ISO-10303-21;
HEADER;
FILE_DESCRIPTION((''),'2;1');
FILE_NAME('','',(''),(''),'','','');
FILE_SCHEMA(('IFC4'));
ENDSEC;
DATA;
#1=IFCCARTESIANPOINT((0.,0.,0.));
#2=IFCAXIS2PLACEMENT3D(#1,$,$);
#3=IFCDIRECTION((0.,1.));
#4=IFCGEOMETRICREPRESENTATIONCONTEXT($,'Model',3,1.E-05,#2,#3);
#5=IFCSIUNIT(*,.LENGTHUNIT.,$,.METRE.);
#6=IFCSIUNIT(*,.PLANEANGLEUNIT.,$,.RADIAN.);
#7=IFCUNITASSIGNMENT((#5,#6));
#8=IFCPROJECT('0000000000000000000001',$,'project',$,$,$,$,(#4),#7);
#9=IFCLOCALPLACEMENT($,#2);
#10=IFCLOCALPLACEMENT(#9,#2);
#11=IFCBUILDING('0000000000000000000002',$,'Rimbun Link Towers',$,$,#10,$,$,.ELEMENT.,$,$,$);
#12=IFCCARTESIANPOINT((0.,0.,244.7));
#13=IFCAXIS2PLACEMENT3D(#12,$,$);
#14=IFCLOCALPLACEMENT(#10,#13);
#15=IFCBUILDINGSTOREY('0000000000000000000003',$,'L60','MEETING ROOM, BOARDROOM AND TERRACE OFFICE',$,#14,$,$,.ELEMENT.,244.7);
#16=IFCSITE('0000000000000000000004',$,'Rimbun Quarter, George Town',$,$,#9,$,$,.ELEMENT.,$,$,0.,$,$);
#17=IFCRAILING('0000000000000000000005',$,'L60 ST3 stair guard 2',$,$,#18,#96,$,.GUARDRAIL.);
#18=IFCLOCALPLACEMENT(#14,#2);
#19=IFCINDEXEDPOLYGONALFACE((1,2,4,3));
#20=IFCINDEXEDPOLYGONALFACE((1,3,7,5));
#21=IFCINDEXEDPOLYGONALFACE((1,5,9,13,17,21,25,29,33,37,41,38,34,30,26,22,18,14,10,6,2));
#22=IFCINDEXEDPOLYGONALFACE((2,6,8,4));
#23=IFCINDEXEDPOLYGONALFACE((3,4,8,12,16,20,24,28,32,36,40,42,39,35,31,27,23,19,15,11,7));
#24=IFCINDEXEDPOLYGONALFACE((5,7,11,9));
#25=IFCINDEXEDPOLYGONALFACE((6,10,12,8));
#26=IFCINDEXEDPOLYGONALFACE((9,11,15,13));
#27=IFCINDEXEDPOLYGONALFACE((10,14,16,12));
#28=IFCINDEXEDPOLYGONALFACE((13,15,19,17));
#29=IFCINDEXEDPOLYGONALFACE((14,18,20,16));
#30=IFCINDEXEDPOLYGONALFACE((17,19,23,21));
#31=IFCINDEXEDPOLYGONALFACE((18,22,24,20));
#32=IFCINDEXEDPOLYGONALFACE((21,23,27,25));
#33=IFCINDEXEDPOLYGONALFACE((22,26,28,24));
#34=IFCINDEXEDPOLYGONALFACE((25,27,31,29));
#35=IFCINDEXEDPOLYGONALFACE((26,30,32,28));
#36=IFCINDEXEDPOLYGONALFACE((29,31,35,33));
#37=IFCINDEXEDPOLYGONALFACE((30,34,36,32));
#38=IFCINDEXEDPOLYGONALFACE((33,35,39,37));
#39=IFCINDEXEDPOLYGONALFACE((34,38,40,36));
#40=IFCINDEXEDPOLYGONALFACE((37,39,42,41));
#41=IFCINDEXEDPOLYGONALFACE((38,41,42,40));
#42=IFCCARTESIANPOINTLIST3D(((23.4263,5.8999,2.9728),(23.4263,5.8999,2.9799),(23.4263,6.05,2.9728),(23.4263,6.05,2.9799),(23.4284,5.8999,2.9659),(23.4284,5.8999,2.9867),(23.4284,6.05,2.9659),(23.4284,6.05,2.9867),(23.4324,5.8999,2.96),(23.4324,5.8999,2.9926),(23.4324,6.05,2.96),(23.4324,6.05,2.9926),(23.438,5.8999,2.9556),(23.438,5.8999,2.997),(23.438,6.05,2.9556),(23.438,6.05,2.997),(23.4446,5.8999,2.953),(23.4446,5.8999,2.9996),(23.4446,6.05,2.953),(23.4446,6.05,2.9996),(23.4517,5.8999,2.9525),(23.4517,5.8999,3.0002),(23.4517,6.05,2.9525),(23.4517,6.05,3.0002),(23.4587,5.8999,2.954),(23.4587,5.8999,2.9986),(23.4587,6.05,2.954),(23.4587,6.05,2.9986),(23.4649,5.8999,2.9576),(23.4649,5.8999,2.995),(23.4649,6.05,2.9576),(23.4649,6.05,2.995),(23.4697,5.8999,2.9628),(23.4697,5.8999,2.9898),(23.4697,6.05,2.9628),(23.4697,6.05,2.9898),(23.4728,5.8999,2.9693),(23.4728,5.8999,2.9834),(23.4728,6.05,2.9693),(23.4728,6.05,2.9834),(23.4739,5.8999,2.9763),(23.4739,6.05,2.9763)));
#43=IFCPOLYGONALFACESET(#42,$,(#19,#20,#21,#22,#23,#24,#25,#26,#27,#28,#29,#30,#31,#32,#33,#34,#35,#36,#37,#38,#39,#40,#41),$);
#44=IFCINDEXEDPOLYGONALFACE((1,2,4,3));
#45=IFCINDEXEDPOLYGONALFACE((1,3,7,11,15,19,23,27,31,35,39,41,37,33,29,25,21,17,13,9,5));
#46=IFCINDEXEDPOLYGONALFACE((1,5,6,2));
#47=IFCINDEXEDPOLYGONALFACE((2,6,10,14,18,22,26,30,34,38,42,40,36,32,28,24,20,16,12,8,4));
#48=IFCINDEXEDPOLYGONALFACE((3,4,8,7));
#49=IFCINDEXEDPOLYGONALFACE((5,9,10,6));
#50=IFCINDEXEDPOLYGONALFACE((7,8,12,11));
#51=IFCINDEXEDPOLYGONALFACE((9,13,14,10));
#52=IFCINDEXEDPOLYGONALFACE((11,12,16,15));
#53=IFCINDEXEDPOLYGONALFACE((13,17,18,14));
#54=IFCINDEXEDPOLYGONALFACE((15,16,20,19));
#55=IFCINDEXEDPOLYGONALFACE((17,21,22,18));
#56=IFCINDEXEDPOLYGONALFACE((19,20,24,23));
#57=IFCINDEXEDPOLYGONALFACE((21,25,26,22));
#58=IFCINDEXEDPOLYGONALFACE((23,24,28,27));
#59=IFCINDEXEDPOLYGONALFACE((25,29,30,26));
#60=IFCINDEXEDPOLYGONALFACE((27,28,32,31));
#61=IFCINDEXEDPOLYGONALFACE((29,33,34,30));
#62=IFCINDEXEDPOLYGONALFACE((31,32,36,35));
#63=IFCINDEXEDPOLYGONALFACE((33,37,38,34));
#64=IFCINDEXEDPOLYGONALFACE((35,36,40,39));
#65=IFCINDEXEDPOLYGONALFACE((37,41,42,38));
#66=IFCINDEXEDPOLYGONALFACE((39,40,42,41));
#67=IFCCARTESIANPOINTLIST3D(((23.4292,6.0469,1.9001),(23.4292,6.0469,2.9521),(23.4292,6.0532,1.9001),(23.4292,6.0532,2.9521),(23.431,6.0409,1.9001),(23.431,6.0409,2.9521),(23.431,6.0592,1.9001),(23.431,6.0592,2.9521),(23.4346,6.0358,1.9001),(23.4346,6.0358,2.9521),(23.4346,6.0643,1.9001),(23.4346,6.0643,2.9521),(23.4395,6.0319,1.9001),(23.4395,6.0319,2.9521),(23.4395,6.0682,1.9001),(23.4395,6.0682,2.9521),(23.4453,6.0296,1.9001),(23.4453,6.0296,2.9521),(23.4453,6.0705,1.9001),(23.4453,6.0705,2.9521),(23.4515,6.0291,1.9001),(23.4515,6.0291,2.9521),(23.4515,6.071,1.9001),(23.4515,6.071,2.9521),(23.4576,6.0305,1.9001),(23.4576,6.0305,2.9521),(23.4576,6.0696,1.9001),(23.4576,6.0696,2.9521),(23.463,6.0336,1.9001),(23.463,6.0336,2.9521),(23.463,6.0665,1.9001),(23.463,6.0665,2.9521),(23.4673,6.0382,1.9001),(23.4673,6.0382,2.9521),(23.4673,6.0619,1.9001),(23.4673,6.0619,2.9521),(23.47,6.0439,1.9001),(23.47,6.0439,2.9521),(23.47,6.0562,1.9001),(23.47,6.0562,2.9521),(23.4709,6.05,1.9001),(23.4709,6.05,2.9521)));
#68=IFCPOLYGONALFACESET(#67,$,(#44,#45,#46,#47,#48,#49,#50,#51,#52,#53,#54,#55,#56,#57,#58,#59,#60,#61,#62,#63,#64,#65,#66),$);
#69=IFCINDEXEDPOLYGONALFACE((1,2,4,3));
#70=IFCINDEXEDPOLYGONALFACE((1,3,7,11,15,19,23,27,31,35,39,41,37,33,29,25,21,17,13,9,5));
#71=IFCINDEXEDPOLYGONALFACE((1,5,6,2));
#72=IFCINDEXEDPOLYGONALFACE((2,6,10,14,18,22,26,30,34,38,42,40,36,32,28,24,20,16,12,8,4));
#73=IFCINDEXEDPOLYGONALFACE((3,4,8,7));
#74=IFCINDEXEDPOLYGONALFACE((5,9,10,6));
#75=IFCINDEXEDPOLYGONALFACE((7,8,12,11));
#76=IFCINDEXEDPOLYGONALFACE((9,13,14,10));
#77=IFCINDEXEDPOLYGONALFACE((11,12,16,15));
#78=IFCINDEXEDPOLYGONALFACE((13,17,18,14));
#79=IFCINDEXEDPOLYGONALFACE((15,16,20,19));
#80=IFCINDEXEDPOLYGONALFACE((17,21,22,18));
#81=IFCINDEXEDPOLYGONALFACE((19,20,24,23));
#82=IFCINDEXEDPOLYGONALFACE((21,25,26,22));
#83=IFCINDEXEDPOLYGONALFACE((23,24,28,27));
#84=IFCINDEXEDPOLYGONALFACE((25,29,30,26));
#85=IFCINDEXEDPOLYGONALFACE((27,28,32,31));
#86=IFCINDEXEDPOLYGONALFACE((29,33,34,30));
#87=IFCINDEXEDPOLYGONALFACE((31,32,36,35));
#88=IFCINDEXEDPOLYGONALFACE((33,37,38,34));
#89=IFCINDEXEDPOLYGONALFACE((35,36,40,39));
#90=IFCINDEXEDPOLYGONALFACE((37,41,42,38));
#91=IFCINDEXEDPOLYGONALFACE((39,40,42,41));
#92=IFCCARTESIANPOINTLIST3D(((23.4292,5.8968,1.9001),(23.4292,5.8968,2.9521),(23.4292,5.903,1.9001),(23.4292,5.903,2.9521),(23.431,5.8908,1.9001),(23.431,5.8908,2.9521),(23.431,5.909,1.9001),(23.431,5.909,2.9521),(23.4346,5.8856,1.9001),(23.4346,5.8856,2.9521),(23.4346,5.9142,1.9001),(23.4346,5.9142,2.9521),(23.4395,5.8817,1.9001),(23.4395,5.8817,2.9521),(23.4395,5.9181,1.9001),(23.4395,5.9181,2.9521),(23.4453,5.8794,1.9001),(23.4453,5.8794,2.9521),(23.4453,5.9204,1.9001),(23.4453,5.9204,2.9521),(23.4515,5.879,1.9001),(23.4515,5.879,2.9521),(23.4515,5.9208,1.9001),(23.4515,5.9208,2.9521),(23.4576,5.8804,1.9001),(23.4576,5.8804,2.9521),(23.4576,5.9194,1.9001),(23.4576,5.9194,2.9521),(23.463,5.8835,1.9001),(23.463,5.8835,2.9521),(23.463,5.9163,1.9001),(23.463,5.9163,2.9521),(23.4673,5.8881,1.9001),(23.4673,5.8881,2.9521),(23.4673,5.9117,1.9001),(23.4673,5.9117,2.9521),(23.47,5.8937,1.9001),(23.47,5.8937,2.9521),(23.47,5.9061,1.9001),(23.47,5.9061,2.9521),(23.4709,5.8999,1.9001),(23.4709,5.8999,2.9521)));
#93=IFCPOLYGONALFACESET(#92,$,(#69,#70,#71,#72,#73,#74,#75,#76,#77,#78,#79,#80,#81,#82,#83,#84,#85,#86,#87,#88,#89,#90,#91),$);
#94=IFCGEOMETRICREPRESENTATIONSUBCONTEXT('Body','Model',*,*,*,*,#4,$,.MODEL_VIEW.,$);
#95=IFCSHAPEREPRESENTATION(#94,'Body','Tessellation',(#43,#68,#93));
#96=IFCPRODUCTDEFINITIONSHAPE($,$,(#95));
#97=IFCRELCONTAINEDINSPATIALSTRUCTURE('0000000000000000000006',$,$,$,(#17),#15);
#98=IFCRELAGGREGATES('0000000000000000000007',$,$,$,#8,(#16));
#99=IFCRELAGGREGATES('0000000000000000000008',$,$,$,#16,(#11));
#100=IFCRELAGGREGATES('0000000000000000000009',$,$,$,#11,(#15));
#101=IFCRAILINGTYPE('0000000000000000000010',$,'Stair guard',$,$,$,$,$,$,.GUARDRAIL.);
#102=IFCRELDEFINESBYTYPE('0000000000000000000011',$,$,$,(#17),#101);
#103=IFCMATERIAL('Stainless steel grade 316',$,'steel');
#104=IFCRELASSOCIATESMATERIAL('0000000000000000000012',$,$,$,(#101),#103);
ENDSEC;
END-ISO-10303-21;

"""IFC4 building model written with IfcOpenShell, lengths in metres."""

from ifc_helpers import new_model, si_unit, direction, frame, origin, origin_2d, place, context, subcontext, project, spatial, circle, extrude, material, type_object, element, save


model = new_model("IFC4")

# Units and contexts
model_context = context("Model", 3, precision=1e-05, world=origin(), true_north=direction((0.0, 1.0)))
body_context = subcontext(model_context, "Body", "Model", "MODEL_VIEW")
ifc_project = project(units=[si_unit("LENGTHUNIT", "METRE"), si_unit("PLANEANGLEUNIT", "RADIAN")], contexts=[model_context])

# Site, building, storey
site_placement = place(None, origin())
site = spatial("IfcSite", under=ifc_project, at=site_placement, Name="Rimbun Quarter, George Town", CompositionType="ELEMENT", RefElevation=0.0)
building_placement = place(site_placement, origin())
building = spatial("IfcBuilding", under=site, at=building_placement, Name="Rimbun Link Towers", CompositionType="ELEMENT")
storey_placement = place(building_placement, frame((0.0, 0.0, 244.7)))
storey = spatial("IfcBuildingStorey", under=building, at=storey_placement, Name="L60", Description="MEETING ROOM, BOARDROOM AND TERRACE OFFICE", CompositionType="ELEMENT", Elevation=244.7)

# Railing
ifc_material_1 = material(Name="Stainless steel grade 316", Category="steel")
railing_type_1 = type_object("IfcRailingType", Name="Stair guard", PredefinedType="GUARDRAIL", material=ifc_material_1)
railing_1_placement = place(storey_placement, frame((23.45, 6.05, 1.9001)))
element("IfcRailing", 1, at=railing_1_placement, inside=storey, type_object=railing_type_1, Name="L60 ST3 stair guard 2", PredefinedType="GUARDRAIL", context=body_context, shape_type="SweptSolid", body=[
    extrude(circle(Radius=0.0239, at=origin_2d()), frame((0.0, 0.0, 1.0762), z_axis=(0.0, -1.0, 0.0), x_axis=(1.0, 0.0, 0.0)), (0.0, 0.0, 1.0), 0.1501),
    extrude(circle(Radius=0.021, at=origin_2d()), origin(), (0.0, 0.0, 1.0), 1.052),
    extrude(circle(Radius=0.021, at=origin_2d()), frame((0.0, -0.1501, 0.0)), (0.0, 0.0, 1.0), 1.052),
])

save(model, "model.ifc")
